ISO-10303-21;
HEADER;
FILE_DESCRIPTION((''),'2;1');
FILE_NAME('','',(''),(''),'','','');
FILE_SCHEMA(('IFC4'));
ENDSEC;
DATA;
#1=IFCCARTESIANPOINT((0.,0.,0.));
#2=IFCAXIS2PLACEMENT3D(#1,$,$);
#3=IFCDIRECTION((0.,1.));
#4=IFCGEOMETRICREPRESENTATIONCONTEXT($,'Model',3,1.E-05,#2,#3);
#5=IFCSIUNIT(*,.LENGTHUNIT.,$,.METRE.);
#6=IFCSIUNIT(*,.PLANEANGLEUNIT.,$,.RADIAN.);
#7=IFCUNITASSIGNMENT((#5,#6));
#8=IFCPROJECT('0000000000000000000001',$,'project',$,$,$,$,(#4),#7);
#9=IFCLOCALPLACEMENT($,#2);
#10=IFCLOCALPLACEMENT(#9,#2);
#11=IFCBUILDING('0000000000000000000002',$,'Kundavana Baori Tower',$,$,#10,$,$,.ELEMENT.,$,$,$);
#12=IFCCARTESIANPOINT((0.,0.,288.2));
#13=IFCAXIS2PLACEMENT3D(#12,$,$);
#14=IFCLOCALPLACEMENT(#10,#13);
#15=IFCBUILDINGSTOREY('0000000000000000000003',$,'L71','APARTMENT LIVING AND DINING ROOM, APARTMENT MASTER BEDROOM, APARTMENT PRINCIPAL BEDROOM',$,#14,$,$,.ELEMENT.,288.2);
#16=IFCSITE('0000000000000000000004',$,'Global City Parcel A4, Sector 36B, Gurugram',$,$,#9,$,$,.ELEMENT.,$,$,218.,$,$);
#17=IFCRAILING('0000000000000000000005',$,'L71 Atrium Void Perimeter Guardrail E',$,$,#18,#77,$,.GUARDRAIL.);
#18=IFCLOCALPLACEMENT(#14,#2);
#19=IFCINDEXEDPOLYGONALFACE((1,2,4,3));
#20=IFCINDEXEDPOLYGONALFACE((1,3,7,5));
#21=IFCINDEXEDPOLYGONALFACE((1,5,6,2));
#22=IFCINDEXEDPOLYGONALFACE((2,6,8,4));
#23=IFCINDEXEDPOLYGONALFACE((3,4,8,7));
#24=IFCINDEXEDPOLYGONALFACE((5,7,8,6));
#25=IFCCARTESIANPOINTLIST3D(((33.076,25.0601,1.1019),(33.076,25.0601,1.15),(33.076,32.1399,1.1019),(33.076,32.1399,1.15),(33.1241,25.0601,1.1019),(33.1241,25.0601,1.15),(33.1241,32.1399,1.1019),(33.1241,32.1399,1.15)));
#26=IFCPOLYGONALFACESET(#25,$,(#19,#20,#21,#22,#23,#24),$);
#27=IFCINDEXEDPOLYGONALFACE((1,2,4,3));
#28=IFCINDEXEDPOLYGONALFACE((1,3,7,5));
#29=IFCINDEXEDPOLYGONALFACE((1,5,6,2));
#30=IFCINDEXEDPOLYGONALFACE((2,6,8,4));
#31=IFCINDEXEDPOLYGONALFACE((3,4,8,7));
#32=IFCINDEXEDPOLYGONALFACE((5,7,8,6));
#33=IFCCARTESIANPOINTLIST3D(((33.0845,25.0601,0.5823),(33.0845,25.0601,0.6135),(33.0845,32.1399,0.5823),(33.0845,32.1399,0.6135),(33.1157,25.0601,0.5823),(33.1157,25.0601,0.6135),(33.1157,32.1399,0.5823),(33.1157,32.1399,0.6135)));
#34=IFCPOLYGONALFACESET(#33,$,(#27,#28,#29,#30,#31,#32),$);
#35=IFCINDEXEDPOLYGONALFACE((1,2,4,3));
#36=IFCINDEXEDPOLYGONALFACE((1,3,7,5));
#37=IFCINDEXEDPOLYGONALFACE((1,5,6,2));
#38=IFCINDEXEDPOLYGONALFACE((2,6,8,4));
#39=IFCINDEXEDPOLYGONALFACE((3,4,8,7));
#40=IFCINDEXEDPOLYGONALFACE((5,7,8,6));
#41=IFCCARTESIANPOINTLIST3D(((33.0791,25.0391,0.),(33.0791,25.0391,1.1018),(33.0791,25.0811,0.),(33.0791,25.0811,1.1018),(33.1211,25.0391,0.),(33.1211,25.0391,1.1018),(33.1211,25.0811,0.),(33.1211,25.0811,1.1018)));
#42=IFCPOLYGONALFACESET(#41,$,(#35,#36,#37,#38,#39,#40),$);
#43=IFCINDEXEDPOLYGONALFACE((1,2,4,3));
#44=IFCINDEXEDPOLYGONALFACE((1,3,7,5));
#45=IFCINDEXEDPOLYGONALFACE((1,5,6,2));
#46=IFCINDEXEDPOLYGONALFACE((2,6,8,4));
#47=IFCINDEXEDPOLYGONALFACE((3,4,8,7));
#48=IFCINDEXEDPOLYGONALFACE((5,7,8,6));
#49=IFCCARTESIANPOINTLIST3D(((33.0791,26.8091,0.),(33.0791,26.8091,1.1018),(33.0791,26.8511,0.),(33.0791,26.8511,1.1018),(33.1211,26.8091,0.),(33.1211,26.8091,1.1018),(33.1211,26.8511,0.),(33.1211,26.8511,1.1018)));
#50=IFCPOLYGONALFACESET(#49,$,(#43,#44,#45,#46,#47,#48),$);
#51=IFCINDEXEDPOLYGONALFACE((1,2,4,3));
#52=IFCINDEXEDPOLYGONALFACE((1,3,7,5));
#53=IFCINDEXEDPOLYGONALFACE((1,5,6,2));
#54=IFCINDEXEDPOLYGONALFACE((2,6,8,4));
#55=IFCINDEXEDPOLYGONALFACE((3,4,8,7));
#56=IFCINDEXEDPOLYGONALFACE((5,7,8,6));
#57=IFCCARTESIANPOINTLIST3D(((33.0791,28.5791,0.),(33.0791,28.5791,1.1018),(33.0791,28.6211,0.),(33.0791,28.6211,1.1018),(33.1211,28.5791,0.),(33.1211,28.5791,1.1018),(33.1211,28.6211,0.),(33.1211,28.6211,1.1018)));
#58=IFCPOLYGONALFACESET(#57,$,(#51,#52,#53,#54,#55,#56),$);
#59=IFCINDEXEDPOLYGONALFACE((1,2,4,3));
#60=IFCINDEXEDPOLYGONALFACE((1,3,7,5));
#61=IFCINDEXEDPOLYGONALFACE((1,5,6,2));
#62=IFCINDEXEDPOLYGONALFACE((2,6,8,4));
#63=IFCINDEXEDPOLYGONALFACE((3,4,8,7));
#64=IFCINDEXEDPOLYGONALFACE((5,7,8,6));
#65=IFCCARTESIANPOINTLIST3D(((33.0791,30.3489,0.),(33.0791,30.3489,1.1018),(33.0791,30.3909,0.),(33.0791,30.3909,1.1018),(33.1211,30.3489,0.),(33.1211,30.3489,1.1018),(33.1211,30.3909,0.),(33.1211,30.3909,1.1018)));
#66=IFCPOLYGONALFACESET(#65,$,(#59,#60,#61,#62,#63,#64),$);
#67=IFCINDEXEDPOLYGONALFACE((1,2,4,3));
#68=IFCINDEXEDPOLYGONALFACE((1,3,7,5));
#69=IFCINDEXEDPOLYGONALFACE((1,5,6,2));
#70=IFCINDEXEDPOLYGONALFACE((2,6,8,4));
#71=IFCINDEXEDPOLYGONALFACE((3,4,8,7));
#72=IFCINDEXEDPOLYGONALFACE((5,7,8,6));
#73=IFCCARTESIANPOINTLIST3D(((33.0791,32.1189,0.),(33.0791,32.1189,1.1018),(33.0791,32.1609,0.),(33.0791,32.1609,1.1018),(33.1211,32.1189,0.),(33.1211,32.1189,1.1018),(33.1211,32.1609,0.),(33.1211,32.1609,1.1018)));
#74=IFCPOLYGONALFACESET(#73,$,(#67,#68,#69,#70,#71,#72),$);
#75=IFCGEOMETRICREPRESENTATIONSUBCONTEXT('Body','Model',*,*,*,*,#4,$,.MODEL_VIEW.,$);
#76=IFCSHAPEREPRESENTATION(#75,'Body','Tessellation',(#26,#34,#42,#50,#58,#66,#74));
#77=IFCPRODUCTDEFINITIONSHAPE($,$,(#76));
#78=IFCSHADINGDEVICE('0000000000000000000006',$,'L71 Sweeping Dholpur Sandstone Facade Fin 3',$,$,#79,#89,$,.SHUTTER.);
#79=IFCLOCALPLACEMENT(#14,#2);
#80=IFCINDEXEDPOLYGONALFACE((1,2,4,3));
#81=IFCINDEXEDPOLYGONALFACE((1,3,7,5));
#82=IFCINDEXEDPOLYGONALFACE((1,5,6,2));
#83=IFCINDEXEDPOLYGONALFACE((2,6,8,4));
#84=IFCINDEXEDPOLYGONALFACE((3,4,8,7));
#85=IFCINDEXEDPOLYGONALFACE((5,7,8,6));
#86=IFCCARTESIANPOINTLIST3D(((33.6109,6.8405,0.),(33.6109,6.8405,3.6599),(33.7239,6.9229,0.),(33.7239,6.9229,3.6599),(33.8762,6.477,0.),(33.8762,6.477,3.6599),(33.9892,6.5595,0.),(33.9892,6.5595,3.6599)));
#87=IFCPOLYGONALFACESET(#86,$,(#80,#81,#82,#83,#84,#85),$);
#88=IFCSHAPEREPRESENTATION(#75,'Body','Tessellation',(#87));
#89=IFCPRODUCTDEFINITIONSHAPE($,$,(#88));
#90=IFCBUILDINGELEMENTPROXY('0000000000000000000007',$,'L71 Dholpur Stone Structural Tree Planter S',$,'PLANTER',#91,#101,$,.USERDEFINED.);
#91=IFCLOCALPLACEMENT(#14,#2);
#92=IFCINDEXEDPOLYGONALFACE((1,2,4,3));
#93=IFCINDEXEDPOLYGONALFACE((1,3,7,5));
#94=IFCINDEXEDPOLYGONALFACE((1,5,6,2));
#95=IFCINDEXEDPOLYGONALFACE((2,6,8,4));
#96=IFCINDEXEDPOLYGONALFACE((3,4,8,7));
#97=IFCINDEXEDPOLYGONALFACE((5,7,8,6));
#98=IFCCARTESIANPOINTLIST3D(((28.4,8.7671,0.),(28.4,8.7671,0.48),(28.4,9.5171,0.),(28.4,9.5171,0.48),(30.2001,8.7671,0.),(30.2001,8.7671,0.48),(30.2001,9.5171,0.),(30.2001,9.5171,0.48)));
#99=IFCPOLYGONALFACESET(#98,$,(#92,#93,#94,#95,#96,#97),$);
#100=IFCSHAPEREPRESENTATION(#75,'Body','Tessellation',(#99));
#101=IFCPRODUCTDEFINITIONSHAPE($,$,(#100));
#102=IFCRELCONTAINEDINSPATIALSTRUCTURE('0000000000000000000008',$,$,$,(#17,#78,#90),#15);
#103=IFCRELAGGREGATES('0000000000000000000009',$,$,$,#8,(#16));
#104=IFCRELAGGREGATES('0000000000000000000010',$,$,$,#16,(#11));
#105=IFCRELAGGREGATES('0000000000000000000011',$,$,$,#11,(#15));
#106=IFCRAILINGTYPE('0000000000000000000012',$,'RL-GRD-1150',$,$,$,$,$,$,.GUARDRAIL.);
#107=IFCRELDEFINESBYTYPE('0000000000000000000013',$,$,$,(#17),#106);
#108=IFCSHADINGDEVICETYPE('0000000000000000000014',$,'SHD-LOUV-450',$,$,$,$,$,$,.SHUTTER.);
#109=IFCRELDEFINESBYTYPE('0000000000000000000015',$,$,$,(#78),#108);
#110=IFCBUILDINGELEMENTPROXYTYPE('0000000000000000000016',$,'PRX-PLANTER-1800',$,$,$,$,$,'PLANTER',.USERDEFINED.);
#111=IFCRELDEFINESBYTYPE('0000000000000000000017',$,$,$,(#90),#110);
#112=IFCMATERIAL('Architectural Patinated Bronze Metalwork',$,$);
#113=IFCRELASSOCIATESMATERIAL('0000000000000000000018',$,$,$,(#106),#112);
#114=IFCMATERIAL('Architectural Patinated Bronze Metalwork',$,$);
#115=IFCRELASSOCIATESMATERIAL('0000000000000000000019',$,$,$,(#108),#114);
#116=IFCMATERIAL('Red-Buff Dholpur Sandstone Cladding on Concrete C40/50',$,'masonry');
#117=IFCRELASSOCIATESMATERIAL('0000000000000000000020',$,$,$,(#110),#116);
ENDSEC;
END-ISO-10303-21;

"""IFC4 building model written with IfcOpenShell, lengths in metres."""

from ifc_helpers import new_model, si_unit, direction, frame, origin, origin_2d, place, context, subcontext, project, spatial, rectangle, extrude, material, type_object, element, save


model = new_model("IFC4")

# Units and contexts
model_context = context("Model", 3, precision=1e-05, world=origin(), true_north=direction((0.0, 1.0)))
body_context = subcontext(model_context, "Body", "Model", "MODEL_VIEW")
ifc_project = project(units=[si_unit("LENGTHUNIT", "METRE"), si_unit("PLANEANGLEUNIT", "RADIAN")], contexts=[model_context])

# Site, building, storey
site_placement = place(None, origin())
site = spatial("IfcSite", under=ifc_project, at=site_placement, Name="Global City Parcel A4, Sector 36B, Gurugram", CompositionType="ELEMENT", RefElevation=218.0)
building_placement = place(site_placement, origin())
building = spatial("IfcBuilding", under=site, at=building_placement, Name="Kundavana Baori Tower", CompositionType="ELEMENT")
storey_placement = place(building_placement, frame((0.0, 0.0, 288.2)))
storey = spatial("IfcBuildingStorey", under=building, at=storey_placement, Name="L71", Description="APARTMENT LIVING AND DINING ROOM, APARTMENT MASTER BEDROOM, APARTMENT PRINCIPAL BEDROOM", CompositionType="ELEMENT", Elevation=288.2)

# Railing
ifc_material_1 = material(Name="Architectural Patinated Bronze Metalwork")
railing_type = type_object("IfcRailingType", Name="RL-GRD-1150", PredefinedType="GUARDRAIL", material=ifc_material_1)
railing_1_placement = place(storey_placement, frame((33.1001, 25.0601, 0.0)))
element("IfcRailing", 1, at=railing_1_placement, inside=storey, type_object=railing_type, Name="L71 Atrium Void Perimeter Guardrail E", PredefinedType="GUARDRAIL", context=body_context, shape_type="SweptSolid", body=[
    extrude(rectangle(XDim=0.0481, YDim=0.0481, at=origin_2d()), frame((0.0, 0.0, 1.126), z_axis=(0.0, 1.0, 0.0), x_axis=(-1.0, 0.0, 0.0)), (0.0, 0.0, 1.0), 7.0798),
    extrude(rectangle(XDim=0.0312, YDim=0.0312, at=origin_2d()), frame((0.0, 0.0, 0.5979), z_axis=(0.0, 1.0, 0.0), x_axis=(-1.0, 0.0, 0.0)), (0.0, 0.0, 1.0), 7.0798),
    extrude(rectangle(XDim=0.042, YDim=0.042, at=origin_2d()), origin(), (0.0, 0.0, 1.0), 1.1018),
    extrude(rectangle(XDim=0.042, YDim=0.042, at=origin_2d()), frame((0.0, 1.77, 0.0)), (0.0, 0.0, 1.0), 1.1018),
    extrude(rectangle(XDim=0.042, YDim=0.042, at=origin_2d()), frame((0.0, 3.54, 0.0)), (0.0, 0.0, 1.0), 1.1018),
    extrude(rectangle(XDim=0.042, YDim=0.042, at=origin_2d()), frame((0.0, 5.3098, 0.0)), (0.0, 0.0, 1.0), 1.1018),
    extrude(rectangle(XDim=0.042, YDim=0.042, at=origin_2d()), frame((0.0, 7.0798, 0.0)), (0.0, 0.0, 1.0), 1.1018),
])

# Shading device
ifc_material_2 = material(Name="Architectural Patinated Bronze Metalwork")
shading_device_type = type_object("IfcShadingDeviceType", Name="SHD-LOUV-450", PredefinedType="SHUTTER", material=ifc_material_2)
shading_device_placement = place(storey_placement, frame((33.8, 6.7, 0.0), z_axis=(0.0, 0.0, 1.0), x_axis=(0.807784, 0.589478, 0.0)))
element("IfcShadingDevice", 2, at=shading_device_placement, inside=storey, type_object=shading_device_type, Name="L71 Sweeping Dholpur Sandstone Facade Fin 3", PredefinedType="SHUTTER", context=body_context, shape_type="SweptSolid", body=[
    extrude(rectangle(XDim=0.1399, YDim=0.45, at=origin_2d()), origin(), (0.0, 0.0, 1.0), 3.6599),
])

# Building element proxy
ifc_material_3 = material(Name="Red-Buff Dholpur Sandstone Cladding on Concrete C40/50", Category="masonry")
building_element_proxy_type = type_object("IfcBuildingElementProxyType", Name="PRX-PLANTER-1800", ElementType="PLANTER", PredefinedType="USERDEFINED", material=ifc_material_3)
proxy_placement = place(storey_placement, frame((29.3, 9.1421, 0.0), z_axis=(0.0, 0.0, 1.0), x_axis=(1.0, 0.0, 0.0)))
element("IfcBuildingElementProxy", 3, at=proxy_placement, inside=storey, type_object=building_element_proxy_type, Name="L71 Dholpur Stone Structural Tree Planter S", ObjectType="PLANTER", PredefinedType="USERDEFINED", context=body_context, shape_type="SweptSolid", body=[
    extrude(rectangle(XDim=1.8, YDim=0.75, at=origin_2d()), origin(), (0.0, 0.0, 1.0), 0.48),
])

save(model, "model.ifc")
